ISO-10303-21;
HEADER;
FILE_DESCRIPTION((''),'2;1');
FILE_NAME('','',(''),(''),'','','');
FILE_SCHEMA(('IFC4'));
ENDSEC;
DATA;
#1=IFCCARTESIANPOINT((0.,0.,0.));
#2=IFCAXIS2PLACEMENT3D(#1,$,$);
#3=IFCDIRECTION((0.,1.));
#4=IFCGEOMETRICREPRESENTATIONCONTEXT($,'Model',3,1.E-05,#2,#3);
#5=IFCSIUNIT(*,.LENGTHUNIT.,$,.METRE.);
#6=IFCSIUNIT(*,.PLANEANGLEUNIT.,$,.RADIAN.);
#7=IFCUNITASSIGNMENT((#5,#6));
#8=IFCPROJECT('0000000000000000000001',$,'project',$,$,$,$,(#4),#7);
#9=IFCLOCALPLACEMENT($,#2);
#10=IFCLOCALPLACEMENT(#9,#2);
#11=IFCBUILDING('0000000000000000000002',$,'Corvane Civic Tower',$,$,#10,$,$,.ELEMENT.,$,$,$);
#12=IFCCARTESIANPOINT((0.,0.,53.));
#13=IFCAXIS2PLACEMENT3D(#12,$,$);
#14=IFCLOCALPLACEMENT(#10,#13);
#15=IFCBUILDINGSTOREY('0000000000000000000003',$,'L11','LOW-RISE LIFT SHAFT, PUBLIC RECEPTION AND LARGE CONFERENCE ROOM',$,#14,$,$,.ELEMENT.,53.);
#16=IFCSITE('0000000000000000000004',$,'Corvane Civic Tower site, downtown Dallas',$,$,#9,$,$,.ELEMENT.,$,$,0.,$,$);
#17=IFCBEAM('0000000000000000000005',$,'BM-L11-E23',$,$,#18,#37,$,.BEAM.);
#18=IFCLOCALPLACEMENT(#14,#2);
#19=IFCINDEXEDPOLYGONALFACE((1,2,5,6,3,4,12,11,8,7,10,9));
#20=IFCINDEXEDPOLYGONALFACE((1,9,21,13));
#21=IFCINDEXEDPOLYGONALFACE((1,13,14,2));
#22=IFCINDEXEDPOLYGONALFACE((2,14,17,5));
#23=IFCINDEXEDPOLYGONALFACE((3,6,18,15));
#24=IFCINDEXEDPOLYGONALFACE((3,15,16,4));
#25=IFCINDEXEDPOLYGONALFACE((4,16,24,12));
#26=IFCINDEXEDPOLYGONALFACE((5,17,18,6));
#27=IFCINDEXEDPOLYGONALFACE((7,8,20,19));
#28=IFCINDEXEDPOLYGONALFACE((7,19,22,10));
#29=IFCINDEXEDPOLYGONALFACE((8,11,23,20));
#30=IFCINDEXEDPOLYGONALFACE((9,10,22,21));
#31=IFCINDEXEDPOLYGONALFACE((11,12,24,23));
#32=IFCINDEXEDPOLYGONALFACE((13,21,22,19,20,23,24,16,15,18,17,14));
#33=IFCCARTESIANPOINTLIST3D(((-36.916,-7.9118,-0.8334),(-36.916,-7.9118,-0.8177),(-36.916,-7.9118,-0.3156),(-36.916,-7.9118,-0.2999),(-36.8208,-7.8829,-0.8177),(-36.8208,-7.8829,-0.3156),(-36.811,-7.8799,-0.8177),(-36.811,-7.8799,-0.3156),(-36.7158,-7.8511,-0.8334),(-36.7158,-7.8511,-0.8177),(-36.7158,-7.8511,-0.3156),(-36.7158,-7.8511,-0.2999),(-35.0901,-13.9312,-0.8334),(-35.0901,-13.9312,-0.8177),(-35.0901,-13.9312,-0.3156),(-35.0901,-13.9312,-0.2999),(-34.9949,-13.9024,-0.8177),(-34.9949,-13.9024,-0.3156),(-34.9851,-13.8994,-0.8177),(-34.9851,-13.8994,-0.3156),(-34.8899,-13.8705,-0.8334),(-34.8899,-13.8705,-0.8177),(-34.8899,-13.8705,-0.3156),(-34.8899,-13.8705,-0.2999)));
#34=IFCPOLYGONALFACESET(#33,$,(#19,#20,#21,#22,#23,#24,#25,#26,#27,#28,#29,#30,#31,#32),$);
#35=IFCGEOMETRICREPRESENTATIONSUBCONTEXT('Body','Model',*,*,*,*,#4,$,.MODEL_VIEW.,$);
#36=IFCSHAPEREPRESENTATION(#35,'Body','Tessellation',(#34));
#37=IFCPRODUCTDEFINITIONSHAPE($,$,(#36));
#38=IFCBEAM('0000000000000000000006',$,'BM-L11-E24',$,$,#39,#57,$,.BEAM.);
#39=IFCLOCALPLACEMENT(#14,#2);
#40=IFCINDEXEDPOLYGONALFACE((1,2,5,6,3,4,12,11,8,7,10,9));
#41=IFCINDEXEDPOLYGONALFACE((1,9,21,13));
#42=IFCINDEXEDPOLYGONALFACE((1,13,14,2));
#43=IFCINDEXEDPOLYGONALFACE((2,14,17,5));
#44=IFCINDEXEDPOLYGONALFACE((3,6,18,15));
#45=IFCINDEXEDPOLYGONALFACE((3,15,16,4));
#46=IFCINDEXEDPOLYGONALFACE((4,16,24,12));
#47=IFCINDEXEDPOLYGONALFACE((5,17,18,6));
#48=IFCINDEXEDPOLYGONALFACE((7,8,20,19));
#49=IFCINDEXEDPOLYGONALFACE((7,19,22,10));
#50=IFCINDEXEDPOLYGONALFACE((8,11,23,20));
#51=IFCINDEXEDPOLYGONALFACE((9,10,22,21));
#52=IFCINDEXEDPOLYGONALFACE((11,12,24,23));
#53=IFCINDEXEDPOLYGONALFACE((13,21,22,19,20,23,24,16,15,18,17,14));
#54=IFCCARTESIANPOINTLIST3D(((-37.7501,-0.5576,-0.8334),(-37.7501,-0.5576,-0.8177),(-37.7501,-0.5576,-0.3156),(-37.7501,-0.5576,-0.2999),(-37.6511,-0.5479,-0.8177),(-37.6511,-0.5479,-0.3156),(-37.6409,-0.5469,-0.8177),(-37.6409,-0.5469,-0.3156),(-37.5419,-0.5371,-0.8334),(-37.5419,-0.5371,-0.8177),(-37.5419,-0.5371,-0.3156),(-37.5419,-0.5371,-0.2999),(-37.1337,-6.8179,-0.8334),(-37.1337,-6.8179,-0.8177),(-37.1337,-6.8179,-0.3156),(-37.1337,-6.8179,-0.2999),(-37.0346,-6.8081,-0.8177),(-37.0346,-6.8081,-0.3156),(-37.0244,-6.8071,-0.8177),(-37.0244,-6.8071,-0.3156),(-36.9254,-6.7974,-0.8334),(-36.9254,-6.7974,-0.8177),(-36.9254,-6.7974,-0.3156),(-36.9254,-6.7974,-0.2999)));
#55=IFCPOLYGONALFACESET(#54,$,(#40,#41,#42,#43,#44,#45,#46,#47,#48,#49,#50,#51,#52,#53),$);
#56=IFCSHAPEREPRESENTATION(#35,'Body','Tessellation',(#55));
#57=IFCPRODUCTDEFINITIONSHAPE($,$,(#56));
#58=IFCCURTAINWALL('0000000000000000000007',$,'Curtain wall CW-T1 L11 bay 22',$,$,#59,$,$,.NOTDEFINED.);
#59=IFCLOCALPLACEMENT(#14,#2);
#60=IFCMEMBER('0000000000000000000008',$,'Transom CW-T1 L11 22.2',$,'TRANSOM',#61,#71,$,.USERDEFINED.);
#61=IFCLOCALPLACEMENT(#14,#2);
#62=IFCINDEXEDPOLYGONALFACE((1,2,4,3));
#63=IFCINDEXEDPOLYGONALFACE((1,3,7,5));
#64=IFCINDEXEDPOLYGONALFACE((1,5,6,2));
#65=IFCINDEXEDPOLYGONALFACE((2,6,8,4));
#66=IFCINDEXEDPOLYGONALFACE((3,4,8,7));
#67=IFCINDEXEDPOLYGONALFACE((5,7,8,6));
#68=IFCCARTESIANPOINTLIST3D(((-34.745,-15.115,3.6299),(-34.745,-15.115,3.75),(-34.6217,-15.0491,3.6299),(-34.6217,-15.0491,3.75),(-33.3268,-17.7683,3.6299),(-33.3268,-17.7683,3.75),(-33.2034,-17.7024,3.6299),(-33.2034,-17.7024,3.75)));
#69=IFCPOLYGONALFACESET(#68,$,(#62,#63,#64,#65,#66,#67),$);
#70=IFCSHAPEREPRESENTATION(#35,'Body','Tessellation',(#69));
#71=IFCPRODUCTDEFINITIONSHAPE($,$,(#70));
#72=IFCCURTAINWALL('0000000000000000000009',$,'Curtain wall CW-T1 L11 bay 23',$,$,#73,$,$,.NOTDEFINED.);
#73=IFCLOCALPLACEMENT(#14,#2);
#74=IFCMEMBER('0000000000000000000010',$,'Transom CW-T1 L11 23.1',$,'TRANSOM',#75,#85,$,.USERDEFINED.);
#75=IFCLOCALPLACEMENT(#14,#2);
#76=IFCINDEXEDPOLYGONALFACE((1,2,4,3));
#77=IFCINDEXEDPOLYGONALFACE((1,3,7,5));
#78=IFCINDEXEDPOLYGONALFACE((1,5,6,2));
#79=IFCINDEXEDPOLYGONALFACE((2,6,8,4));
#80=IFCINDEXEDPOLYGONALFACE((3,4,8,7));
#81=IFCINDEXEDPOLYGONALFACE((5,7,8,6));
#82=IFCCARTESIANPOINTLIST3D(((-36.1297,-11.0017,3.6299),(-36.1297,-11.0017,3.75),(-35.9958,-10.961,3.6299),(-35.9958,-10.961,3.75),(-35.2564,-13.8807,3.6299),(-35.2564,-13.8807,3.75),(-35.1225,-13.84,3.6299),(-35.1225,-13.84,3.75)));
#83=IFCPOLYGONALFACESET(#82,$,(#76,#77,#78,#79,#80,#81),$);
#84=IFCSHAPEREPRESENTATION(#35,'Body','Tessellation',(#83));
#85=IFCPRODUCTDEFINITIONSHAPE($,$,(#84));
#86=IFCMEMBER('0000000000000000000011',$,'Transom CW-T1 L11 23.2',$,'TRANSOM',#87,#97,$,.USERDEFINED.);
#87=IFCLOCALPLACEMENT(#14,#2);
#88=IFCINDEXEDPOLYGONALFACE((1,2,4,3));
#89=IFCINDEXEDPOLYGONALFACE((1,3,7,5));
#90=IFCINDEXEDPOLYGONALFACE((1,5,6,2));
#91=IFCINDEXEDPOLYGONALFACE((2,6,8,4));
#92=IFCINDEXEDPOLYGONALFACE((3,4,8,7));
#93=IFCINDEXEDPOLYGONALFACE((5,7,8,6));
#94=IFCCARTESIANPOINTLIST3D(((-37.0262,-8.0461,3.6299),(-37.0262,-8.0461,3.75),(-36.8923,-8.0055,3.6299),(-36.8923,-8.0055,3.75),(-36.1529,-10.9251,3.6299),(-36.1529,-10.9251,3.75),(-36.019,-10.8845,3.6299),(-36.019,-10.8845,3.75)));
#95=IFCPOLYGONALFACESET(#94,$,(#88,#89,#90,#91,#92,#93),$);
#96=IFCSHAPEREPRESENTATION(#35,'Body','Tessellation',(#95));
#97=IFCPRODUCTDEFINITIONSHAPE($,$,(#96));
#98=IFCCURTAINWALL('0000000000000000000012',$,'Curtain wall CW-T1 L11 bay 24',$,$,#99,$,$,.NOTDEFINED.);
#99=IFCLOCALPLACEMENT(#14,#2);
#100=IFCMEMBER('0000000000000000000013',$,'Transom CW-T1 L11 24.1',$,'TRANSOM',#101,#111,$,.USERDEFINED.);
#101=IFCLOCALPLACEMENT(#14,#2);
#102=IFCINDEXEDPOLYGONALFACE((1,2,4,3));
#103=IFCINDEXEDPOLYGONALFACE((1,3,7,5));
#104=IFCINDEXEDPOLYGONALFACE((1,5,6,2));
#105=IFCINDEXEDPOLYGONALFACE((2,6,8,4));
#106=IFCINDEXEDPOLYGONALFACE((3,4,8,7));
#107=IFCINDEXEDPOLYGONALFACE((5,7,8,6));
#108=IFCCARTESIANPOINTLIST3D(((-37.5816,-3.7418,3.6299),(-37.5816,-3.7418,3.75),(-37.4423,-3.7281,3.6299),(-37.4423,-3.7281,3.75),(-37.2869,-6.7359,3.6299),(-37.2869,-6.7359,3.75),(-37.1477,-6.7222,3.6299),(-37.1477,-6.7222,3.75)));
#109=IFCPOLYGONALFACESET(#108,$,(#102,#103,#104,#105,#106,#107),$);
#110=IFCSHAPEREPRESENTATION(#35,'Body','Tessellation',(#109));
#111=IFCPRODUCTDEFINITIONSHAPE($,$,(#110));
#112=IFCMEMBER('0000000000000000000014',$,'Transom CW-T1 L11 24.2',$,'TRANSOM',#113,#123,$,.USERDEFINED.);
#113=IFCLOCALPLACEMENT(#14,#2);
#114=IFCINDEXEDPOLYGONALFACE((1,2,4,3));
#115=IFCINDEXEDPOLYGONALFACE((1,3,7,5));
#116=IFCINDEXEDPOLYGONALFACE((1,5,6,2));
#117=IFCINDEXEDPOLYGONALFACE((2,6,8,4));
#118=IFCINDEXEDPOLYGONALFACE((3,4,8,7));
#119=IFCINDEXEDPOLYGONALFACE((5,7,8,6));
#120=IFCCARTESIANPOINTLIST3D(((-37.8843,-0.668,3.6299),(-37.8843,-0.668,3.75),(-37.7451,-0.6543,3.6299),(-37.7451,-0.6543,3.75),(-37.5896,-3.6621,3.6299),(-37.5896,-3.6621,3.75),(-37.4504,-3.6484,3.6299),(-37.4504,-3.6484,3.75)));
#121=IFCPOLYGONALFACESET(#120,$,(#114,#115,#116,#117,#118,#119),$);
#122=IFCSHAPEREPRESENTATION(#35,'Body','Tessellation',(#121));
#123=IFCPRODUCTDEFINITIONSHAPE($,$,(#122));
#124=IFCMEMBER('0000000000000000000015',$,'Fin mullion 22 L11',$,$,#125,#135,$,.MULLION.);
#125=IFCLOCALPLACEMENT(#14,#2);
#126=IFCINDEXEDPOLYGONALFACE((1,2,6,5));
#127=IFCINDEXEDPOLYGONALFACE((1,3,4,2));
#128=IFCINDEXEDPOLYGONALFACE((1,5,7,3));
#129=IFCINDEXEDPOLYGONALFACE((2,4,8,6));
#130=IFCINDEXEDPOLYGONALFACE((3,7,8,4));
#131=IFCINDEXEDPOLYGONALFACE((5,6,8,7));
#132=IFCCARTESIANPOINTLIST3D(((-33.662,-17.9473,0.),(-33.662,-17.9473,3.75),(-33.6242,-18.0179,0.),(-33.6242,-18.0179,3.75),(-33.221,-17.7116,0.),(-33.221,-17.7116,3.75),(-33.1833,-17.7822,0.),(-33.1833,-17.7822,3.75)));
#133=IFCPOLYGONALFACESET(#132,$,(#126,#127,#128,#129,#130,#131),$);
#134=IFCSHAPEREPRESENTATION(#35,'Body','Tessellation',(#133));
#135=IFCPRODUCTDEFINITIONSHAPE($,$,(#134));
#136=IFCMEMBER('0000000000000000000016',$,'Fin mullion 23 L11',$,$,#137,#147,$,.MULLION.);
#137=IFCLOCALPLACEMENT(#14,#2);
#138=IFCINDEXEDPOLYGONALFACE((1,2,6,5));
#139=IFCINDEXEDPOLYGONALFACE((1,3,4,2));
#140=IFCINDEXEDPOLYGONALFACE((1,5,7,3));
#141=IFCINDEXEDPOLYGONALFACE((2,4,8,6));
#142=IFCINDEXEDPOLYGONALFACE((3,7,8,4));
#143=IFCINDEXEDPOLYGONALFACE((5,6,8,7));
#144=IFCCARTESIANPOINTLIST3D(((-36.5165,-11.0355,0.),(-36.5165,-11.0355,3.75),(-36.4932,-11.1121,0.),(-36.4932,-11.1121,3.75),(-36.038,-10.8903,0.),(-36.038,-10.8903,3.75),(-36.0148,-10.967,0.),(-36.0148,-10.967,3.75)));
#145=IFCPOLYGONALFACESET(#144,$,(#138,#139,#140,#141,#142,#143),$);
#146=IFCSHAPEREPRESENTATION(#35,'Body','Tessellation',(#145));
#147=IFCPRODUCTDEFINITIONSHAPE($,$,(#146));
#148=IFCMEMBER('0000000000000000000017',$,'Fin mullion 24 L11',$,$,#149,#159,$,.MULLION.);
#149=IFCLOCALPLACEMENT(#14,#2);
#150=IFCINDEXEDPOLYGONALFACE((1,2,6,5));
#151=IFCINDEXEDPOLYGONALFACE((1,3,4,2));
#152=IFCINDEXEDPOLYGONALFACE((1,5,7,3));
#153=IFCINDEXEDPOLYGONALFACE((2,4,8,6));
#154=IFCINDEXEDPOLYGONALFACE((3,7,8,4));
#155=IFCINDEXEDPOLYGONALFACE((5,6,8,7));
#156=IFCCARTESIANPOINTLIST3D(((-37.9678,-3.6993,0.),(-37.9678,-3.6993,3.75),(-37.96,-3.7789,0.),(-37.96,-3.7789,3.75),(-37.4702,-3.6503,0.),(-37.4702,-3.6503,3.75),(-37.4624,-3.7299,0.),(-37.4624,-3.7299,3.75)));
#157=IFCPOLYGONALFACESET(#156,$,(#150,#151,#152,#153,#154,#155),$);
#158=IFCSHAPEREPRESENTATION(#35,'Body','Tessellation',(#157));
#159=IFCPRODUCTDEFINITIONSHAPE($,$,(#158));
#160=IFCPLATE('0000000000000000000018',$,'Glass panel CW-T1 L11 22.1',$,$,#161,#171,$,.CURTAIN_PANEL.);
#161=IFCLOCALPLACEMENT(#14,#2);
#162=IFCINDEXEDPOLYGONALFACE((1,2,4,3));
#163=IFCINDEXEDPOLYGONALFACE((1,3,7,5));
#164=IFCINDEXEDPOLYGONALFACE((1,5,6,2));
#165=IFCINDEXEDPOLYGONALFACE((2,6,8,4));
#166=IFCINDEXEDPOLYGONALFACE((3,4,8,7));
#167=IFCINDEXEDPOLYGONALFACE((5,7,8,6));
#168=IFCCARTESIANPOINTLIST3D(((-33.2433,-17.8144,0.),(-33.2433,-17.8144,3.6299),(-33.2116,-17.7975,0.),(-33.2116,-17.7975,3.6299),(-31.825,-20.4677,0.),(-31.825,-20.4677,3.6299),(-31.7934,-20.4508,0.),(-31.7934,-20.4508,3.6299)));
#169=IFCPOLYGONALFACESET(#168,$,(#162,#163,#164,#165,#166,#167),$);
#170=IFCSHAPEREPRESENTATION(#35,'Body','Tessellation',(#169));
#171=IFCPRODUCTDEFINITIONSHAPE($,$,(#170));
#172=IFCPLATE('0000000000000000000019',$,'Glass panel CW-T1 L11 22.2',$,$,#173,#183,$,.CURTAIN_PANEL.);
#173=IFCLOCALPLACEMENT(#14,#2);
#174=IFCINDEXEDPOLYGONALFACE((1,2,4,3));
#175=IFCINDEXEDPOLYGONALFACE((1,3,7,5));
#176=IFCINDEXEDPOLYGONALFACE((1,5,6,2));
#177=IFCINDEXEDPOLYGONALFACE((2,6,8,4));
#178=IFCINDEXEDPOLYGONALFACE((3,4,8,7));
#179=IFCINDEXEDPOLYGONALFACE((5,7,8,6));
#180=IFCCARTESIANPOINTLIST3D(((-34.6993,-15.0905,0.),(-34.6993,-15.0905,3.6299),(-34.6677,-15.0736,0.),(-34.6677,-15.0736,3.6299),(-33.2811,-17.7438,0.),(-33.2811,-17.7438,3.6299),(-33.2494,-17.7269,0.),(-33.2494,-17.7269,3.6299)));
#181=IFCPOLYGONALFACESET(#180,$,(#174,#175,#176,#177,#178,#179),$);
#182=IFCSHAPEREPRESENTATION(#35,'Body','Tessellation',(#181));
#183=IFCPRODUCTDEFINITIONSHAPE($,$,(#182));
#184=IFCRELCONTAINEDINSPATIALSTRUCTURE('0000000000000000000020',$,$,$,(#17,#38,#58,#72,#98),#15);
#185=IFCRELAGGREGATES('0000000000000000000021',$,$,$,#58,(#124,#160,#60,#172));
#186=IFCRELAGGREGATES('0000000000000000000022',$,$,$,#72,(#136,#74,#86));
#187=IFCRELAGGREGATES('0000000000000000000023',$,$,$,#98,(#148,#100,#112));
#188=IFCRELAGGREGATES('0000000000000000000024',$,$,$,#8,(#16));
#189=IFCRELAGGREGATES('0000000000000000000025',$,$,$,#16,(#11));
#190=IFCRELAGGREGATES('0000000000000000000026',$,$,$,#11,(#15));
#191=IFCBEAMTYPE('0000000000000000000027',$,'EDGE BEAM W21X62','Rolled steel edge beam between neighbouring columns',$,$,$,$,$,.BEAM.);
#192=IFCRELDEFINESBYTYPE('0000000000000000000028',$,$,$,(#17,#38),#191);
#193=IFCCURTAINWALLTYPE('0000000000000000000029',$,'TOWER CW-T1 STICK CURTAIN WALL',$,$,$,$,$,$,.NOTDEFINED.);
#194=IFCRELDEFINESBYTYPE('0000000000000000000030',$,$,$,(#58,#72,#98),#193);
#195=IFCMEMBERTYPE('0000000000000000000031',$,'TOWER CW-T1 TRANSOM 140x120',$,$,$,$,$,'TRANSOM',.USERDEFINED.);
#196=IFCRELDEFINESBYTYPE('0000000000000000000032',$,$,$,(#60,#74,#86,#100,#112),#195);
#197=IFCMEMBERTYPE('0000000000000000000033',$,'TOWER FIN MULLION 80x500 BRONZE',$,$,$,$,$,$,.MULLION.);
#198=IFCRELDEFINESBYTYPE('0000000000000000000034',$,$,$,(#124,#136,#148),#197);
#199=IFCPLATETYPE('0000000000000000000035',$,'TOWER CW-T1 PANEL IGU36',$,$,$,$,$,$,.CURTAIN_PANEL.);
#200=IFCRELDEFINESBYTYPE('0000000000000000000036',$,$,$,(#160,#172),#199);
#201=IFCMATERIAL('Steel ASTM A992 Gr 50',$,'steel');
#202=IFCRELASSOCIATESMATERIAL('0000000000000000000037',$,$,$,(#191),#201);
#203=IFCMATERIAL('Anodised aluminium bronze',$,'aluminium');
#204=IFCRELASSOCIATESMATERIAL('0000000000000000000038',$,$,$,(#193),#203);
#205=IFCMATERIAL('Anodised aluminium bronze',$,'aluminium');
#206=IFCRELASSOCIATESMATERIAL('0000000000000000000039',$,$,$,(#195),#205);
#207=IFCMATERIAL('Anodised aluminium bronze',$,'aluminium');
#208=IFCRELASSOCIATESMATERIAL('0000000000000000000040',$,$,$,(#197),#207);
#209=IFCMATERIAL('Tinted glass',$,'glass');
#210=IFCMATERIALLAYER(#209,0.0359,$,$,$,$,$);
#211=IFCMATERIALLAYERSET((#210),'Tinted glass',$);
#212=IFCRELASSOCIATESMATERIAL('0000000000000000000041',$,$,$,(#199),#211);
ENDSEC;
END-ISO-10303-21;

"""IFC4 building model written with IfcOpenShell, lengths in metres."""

from ifc_helpers import new_model, si_unit, direction, frame, origin, origin_2d, place, context, subcontext, project, spatial, rectangle, i_section, extrude, material, layer, layer_set, material_profile, profile_set, type_object, element, aggregate, save


model = new_model("IFC4")

# Units and contexts
model_context = context("Model", 3, precision=1e-05, world=origin(), true_north=direction((0.0, 1.0)))
body_context = subcontext(model_context, "Body", "Model", "MODEL_VIEW")
ifc_project = project(units=[si_unit("LENGTHUNIT", "METRE"), si_unit("PLANEANGLEUNIT", "RADIAN")], contexts=[model_context])

# Site, building, storey
site_placement = place(None, origin())
site = spatial("IfcSite", under=ifc_project, at=site_placement, Name="Corvane Civic Tower site, downtown Dallas", CompositionType="ELEMENT", RefElevation=0.0)
building_placement = place(site_placement, origin())
building = spatial("IfcBuilding", under=site, at=building_placement, Name="Corvane Civic Tower", CompositionType="ELEMENT")
storey_placement = place(building_placement, frame((0.0, 0.0, 53.0)))
storey = spatial("IfcBuildingStorey", under=building, at=storey_placement, Name="L11", Description="LOW-RISE LIFT SHAFT, PUBLIC RECEPTION AND LARGE CONFERENCE ROOM", CompositionType="ELEMENT", Elevation=53.0)

# Beams
ifc_material_1 = material(Name="Steel ASTM A992 Gr 50", Category="steel")
ifc_material_profile_1 = material_profile(ifc_material_1, i_section(OverallWidth=0.2092, OverallDepth=0.5334, WebThickness=0.0103, FlangeThickness=0.0156, at=origin_2d()), Name="W21X62")
ifc_profile_set_1 = profile_set([ifc_material_profile_1], Name="Steel ASTM A992 Gr 50")
beam_type = type_object("IfcBeamType", Name="EDGE BEAM W21X62", Description="Rolled steel edge beam between neighbouring columns", PredefinedType="BEAM", material=ifc_profile_set_1)
beam_1_placement = place(storey_placement, frame((-34.99, -13.9009, -0.5667), z_axis=(-0.290273, 0.956944, 0.0), x_axis=(-0.956944, -0.290273, 0.0)))
element("IfcBeam", 1, at=beam_1_placement, inside=storey, type_object=beam_type, Name="BM-L11-E23", PredefinedType="BEAM", context=body_context, shape_type="SweptSolid", body=[
    extrude(i_section(OverallWidth=0.2092, OverallDepth=0.5334, WebThickness=0.0103, FlangeThickness=0.0156, at=origin_2d()), origin(), (0.0, 0.0, 1.0), 6.2903),
])
beam_2_placement = place(storey_placement, frame((-37.0295, -6.8076, -0.5667), z_axis=(-0.097997, 0.995187, 0.0), x_axis=(-0.995187, -0.097997, 0.0)))
element("IfcBeam", 2, at=beam_2_placement, inside=storey, type_object=beam_type, Name="BM-L11-E24", PredefinedType="BEAM", context=body_context, shape_type="SweptSolid", body=[
    extrude(i_section(OverallWidth=0.2092, OverallDepth=0.5334, WebThickness=0.0103, FlangeThickness=0.0156, at=origin_2d()), origin(), (0.0, 0.0, 1.0), 6.2905),
])

# Curtain wall, member
ifc_material_2 = material(Name="Anodised aluminium bronze", Category="aluminium")
curtain_wall_type = type_object("IfcCurtainWallType", Name="TOWER CW-T1 STICK CURTAIN WALL", PredefinedType="NOTDEFINED", material=ifc_material_2)
curtain_wall_1_placement = place(storey_placement, origin())
curtain_wall_1 = element("IfcCurtainWall", 3, at=curtain_wall_1_placement, inside=storey, type_object=curtain_wall_type, Name="Curtain wall CW-T1 L11 bay 22", PredefinedType="NOTDEFINED")
ifc_material_3 = material(Name="Anodised aluminium bronze", Category="aluminium")
ifc_material_profile_2 = material_profile(ifc_material_3, rectangle(XDim=0.1399, YDim=0.1201, at=origin_2d()), Name="TOWER CW-T1 TRANSOM 140x120")
ifc_profile_set_2 = profile_set([ifc_material_profile_2], Name="Anodised aluminium bronze")
member_type_1 = type_object("IfcMemberType", Name="TOWER CW-T1 TRANSOM 140x120", ElementType="TRANSOM", PredefinedType="USERDEFINED", material=ifc_profile_set_2)
member_1_placement = place(storey_placement, frame((-33.2651, -17.7354, 3.6899), z_axis=(-0.471393, 0.881924, 0.0), x_axis=(-0.881924, -0.471393, 0.0)))
member_1 = element("IfcMember", 4, at=member_1_placement, type_object=member_type_1, Name="Transom CW-T1 L11 22.2", ObjectType="TRANSOM", PredefinedType="USERDEFINED", context=body_context, shape_type="SweptSolid", body=[
    extrude(rectangle(XDim=0.1399, YDim=0.1201, at=origin_2d()), origin(), (0.0, 0.0, 1.0), 3.0085),
])

# Curtain walls, members
curtain_wall_2_placement = place(storey_placement, origin())
curtain_wall_2 = element("IfcCurtainWall", 5, at=curtain_wall_2_placement, inside=storey, type_object=curtain_wall_type, Name="Curtain wall CW-T1 L11 bay 23", PredefinedType="NOTDEFINED")
member_2_placement = place(storey_placement, frame((-35.1895, -13.8604, 3.6899), z_axis=(-0.29028, 0.956942, 0.0), x_axis=(-0.956942, -0.29028, 0.0)))
member_2 = element("IfcMember", 6, at=member_2_placement, type_object=member_type_1, Name="Transom CW-T1 L11 23.1", ObjectType="TRANSOM", PredefinedType="USERDEFINED", context=body_context, shape_type="SweptSolid", body=[
    extrude(rectangle(XDim=0.1399, YDim=0.1201, at=origin_2d()), origin(), (0.0, 0.0, 1.0), 3.0085),
])
member_3_placement = place(storey_placement, frame((-36.0859, -10.9048, 3.6899), z_axis=(-0.29028, 0.956942, 0.0), x_axis=(-0.956942, -0.29028, 0.0)))
member_3 = element("IfcMember", 7, at=member_3_placement, type_object=member_type_1, Name="Transom CW-T1 L11 23.2", ObjectType="TRANSOM", PredefinedType="USERDEFINED", context=body_context, shape_type="SweptSolid", body=[
    extrude(rectangle(XDim=0.1399, YDim=0.1201, at=origin_2d()), origin(), (0.0, 0.0, 1.0), 3.0085),
])
curtain_wall_3_placement = place(storey_placement, origin())
curtain_wall_3 = element("IfcCurtainWall", 8, at=curtain_wall_3_placement, inside=storey, type_object=curtain_wall_type, Name="Curtain wall CW-T1 L11 bay 24", PredefinedType="NOTDEFINED")
member_4_placement = place(storey_placement, frame((-37.2173, -6.729, 3.6899), z_axis=(-0.097945, 0.995192, 0.0), x_axis=(-0.995192, -0.097945, 0.0)))
member_4 = element("IfcMember", 9, at=member_4_placement, type_object=member_type_1, Name="Transom CW-T1 L11 24.1", ObjectType="TRANSOM", PredefinedType="USERDEFINED", context=body_context, shape_type="SweptSolid", body=[
    extrude(rectangle(XDim=0.1399, YDim=0.1201, at=origin_2d()), origin(), (0.0, 0.0, 1.0), 3.0085),
])
member_5_placement = place(storey_placement, frame((-37.52, -3.6553, 3.6899), z_axis=(-0.097945, 0.995192, 0.0), x_axis=(-0.995192, -0.097945, 0.0)))
member_5 = element("IfcMember", 10, at=member_5_placement, type_object=member_type_1, Name="Transom CW-T1 L11 24.2", ObjectType="TRANSOM", PredefinedType="USERDEFINED", context=body_context, shape_type="SweptSolid", body=[
    extrude(rectangle(XDim=0.1399, YDim=0.1201, at=origin_2d()), origin(), (0.0, 0.0, 1.0), 3.0085),
])

# Members
ifc_material_4 = material(Name="Anodised aluminium bronze", Category="aluminium")
ifc_material_profile_3 = material_profile(ifc_material_4, rectangle(XDim=0.0801, YDim=0.5, at=origin_2d()), Name="TOWER FIN MULLION 80x500 BRONZE")
ifc_profile_set_3 = profile_set([ifc_material_profile_3], Name="Anodised aluminium bronze")
member_type_2 = type_object("IfcMemberType", Name="TOWER FIN MULLION 80x500 BRONZE", PredefinedType="MULLION", material=ifc_profile_set_3)
member_6_placement = place(storey_placement, frame((-33.4226, -17.8647, 0.0), z_axis=(0.0, 0.0, 1.0), x_axis=(-0.471404, 0.881918, 0.0)))
member_6 = element("IfcMember", 11, at=member_6_placement, type_object=member_type_2, Name="Fin mullion 22 L11", PredefinedType="MULLION", context=body_context, shape_type="SweptSolid", body=[
    extrude(rectangle(XDim=0.0801, YDim=0.5, at=origin_2d()), origin(), (0.0, 0.0, 1.0), 3.75),
])
member_7_placement = place(storey_placement, frame((-36.2656, -11.0012, 0.0), z_axis=(0.0, 0.0, 1.0), x_axis=(-0.290278, 0.956942, 0.0)))
member_7 = element("IfcMember", 12, at=member_7_placement, type_object=member_type_2, Name="Fin mullion 23 L11", PredefinedType="MULLION", context=body_context, shape_type="SweptSolid", body=[
    extrude(rectangle(XDim=0.0801, YDim=0.5, at=origin_2d()), origin(), (0.0, 0.0, 1.0), 3.75),
])
member_8_placement = place(storey_placement, frame((-37.7151, -3.7146, 0.0), z_axis=(0.0, 0.0, 1.0), x_axis=(-0.098006, 0.995186, 0.0)))
member_8 = element("IfcMember", 13, at=member_8_placement, type_object=member_type_2, Name="Fin mullion 24 L11", PredefinedType="MULLION", context=body_context, shape_type="SweptSolid", body=[
    extrude(rectangle(XDim=0.0801, YDim=0.5, at=origin_2d()), origin(), (0.0, 0.0, 1.0), 3.75),
])

# Plates
ifc_material_5 = material(Name="Tinted glass", Category="glass")
ifc_layer_1 = layer(ifc_material_5, 0.0359)
ifc_layer_set_1 = layer_set([ifc_layer_1], Name="Tinted glass")
plate_type = type_object("IfcPlateType", Name="TOWER CW-T1 PANEL IGU36", PredefinedType="CURTAIN_PANEL", material=ifc_layer_set_1)
plate_1_placement = place(storey_placement, frame((-32.5183, -19.1326, 0.0), z_axis=(0.0, 0.0, 1.0), x_axis=(-0.471404, 0.881918, 0.0)))
plate_1 = element("IfcPlate", 14, at=plate_1_placement, type_object=plate_type, Name="Glass panel CW-T1 L11 22.1", PredefinedType="CURTAIN_PANEL", context=body_context, shape_type="SweptSolid", body=[
    extrude(rectangle(XDim=3.0085, YDim=0.0359, at=origin_2d()), origin(), (0.0, 0.0, 1.0), 3.6299),
])
plate_2_placement = place(storey_placement, frame((-33.9744, -16.4087, 0.0), z_axis=(0.0, 0.0, 1.0), x_axis=(-0.471404, 0.881918, 0.0)))
plate_2 = element("IfcPlate", 15, at=plate_2_placement, type_object=plate_type, Name="Glass panel CW-T1 L11 22.2", PredefinedType="CURTAIN_PANEL", context=body_context, shape_type="SweptSolid", body=[
    extrude(rectangle(XDim=3.0085, YDim=0.0359, at=origin_2d()), origin(), (0.0, 0.0, 1.0), 3.6299),
])
aggregate(curtain_wall_1, [member_6, plate_1, member_1, plate_2])
aggregate(curtain_wall_2, [member_7, member_2, member_3])
aggregate(curtain_wall_3, [member_8, member_4, member_5])

save(model, "model.ifc")
